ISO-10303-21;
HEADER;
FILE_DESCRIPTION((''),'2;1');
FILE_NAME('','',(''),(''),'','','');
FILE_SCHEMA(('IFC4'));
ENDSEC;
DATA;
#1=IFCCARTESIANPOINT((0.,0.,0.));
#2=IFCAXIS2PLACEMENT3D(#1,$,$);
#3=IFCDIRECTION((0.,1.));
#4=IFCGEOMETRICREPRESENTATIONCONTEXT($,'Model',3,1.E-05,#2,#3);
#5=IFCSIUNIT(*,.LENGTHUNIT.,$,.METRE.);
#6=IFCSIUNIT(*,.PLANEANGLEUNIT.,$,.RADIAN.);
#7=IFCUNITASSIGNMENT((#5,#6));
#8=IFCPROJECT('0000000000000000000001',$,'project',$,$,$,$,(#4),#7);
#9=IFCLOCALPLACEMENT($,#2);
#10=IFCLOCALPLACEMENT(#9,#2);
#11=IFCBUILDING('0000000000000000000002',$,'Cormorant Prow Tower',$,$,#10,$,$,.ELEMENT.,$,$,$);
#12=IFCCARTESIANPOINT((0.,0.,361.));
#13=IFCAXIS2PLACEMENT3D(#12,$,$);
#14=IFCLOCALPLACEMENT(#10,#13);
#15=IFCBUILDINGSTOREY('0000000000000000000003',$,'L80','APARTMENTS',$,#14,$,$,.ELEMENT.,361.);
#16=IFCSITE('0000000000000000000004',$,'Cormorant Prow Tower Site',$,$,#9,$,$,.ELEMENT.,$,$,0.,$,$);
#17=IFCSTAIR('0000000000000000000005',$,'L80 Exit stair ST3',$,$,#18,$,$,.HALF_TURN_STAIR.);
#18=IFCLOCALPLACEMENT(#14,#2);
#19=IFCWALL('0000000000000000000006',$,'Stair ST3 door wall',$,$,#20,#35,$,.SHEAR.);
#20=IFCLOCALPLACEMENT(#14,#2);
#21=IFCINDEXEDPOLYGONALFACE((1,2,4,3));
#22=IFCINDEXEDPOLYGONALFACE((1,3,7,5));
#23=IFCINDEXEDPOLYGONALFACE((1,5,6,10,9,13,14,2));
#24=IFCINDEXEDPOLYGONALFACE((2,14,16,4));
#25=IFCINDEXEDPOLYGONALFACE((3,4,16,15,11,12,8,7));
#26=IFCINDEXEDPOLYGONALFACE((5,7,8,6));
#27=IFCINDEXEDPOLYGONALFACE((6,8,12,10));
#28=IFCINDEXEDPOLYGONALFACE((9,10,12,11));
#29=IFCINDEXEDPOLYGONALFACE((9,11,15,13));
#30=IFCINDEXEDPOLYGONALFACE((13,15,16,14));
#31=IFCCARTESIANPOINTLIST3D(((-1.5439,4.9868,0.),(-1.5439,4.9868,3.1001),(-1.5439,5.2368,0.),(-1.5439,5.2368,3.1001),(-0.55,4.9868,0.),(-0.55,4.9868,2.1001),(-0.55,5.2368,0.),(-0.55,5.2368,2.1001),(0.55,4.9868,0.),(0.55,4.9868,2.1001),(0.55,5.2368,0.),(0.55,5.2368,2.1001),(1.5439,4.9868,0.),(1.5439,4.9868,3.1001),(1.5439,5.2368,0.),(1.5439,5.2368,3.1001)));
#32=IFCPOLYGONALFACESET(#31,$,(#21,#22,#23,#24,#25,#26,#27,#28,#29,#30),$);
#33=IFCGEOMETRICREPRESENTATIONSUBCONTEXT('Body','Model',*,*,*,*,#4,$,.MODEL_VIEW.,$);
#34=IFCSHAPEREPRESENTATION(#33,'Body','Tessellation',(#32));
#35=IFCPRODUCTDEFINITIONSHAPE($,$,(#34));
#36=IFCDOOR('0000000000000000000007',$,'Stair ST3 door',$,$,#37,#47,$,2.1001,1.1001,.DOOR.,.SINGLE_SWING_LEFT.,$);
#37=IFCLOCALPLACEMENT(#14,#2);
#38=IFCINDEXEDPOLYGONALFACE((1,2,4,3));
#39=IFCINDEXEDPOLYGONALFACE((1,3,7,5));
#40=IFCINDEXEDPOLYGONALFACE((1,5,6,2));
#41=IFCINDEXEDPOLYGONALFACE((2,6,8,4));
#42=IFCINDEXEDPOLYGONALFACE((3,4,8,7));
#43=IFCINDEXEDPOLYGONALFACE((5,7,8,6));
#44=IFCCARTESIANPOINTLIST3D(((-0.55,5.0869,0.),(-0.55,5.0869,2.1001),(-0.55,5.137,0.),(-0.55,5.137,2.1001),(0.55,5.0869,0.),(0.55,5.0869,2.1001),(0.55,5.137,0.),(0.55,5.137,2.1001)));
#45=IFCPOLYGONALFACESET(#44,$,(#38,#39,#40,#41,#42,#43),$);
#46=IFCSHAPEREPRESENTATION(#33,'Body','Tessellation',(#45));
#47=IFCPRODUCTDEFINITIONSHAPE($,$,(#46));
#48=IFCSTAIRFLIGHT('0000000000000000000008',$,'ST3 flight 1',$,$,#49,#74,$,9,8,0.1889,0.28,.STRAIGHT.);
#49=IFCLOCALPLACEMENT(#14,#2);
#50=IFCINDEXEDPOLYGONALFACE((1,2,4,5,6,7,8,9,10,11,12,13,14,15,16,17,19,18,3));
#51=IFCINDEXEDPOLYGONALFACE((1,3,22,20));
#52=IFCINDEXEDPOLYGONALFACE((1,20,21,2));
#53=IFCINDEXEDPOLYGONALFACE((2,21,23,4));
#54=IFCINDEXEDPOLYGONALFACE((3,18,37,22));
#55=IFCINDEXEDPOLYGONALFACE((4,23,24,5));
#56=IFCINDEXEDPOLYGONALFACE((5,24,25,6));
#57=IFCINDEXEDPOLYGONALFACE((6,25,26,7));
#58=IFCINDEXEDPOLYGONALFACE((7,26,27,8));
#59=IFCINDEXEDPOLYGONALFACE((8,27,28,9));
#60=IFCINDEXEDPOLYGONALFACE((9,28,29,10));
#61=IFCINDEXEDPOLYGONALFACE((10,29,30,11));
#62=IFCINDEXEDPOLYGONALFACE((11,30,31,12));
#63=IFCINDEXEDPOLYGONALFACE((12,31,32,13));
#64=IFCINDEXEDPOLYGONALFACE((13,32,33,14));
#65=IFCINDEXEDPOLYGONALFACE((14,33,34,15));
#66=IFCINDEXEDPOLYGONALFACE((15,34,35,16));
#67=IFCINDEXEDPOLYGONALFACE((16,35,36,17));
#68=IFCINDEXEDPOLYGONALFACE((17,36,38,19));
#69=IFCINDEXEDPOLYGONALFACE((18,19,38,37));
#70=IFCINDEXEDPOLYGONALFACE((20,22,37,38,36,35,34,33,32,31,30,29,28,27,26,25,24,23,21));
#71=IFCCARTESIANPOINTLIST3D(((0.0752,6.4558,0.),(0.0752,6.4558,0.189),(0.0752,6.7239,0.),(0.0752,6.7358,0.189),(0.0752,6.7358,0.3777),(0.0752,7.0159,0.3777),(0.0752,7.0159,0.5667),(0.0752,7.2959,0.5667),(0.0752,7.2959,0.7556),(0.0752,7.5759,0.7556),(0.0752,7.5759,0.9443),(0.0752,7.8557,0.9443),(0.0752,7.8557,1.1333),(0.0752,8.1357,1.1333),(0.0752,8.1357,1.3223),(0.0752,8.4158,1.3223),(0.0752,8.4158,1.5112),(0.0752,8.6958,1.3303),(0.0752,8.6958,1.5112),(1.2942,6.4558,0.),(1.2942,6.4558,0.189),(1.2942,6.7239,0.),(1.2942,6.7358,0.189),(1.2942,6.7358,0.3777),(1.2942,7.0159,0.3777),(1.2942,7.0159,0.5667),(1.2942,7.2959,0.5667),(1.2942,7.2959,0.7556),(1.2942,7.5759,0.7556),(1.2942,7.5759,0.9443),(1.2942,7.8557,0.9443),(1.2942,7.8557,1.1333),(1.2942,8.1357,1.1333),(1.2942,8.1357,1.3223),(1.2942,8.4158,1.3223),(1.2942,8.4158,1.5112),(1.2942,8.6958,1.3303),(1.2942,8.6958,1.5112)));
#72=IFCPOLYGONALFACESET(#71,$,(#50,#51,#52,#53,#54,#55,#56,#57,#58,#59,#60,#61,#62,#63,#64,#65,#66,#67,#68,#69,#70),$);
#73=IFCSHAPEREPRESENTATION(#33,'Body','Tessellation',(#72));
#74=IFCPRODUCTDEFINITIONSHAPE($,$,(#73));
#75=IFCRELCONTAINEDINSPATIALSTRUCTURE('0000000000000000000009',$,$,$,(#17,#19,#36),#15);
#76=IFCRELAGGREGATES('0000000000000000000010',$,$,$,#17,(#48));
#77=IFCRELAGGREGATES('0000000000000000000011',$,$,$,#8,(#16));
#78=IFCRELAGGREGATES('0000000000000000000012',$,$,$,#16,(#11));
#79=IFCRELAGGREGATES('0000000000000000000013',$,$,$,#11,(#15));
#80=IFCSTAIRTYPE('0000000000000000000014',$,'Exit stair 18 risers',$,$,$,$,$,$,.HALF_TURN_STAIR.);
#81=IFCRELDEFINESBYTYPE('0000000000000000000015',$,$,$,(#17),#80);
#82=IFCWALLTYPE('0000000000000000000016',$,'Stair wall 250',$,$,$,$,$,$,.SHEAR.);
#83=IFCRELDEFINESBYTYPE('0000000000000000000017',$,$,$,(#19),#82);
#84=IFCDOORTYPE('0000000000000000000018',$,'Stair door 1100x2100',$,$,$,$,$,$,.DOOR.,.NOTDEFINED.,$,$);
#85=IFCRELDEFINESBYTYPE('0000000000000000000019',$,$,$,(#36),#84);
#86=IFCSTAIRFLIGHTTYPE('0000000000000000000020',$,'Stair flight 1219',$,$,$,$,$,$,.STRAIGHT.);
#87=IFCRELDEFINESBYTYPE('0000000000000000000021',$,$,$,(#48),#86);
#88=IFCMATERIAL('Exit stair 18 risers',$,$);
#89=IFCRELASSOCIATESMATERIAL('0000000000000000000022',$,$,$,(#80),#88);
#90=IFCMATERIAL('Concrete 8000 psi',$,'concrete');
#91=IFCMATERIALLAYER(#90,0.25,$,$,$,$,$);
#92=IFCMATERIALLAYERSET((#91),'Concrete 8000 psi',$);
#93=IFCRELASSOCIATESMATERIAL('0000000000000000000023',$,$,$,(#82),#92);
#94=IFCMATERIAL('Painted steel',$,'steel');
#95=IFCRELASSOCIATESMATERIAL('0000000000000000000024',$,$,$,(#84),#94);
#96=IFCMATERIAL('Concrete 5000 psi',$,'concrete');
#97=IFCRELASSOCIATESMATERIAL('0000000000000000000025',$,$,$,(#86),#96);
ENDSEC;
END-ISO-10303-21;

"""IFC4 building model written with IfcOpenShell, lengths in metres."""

from ifc_helpers import new_model, si_unit, direction, frame, frame_2d, origin, place, context, subcontext, project, spatial, polyline, rectangle, outline, extrude, material, layer, layer_set, type_object, element, fill, aggregate, save


model = new_model("IFC4")

# Units and contexts
model_context = context("Model", 3, precision=1e-05, world=origin(), true_north=direction((0.0, 1.0)))
body_context = subcontext(model_context, "Body", "Model", "MODEL_VIEW")
ifc_project = project(units=[si_unit("LENGTHUNIT", "METRE"), si_unit("PLANEANGLEUNIT", "RADIAN")], contexts=[model_context])

# Site, building, storey
site_placement = place(None, origin())
site = spatial("IfcSite", under=ifc_project, at=site_placement, Name="Cormorant Prow Tower Site", CompositionType="ELEMENT", RefElevation=0.0)
building_placement = place(site_placement, origin())
building = spatial("IfcBuilding", under=site, at=building_placement, Name="Cormorant Prow Tower", CompositionType="ELEMENT")
storey_placement = place(building_placement, frame((0.0, 0.0, 361.0)))
storey = spatial("IfcBuildingStorey", under=building, at=storey_placement, Name="L80", Description="APARTMENTS", CompositionType="ELEMENT", Elevation=361.0)

# Stair
ifc_material_1 = material(Name="Exit stair 18 risers")
stair_type = type_object("IfcStairType", Name="Exit stair 18 risers", PredefinedType="HALF_TURN_STAIR", material=ifc_material_1)
stair_1_placement = place(storey_placement, origin())
stair_1 = element("IfcStair", 1, at=stair_1_placement, inside=storey, type_object=stair_type, Name="L80 Exit stair ST3", PredefinedType="HALF_TURN_STAIR")

# Shared definitions
ifc_material_2 = material(Name="Concrete 8000 psi", Category="concrete")
ifc_layer_1 = layer(ifc_material_2, 0.25)
ifc_layer_set_1 = layer_set([ifc_layer_1], Name="Concrete 8000 psi")
wall_type_1 = type_object("IfcWallType", Name="Stair wall 250", PredefinedType="SHEAR", material=ifc_layer_set_1)

# Wall, opening, door
wall_1_placement = place(storey_placement, frame((1.5439, 5.1118, 0.0), z_axis=(0.0, 0.0, 1.0), x_axis=(-1.0, 0.0, 0.0)))
wall_1 = element("IfcWall", 2, at=wall_1_placement, inside=storey, type_object=wall_type_1, Name="Stair ST3 door wall", PredefinedType="SHEAR", context=body_context, shape_type="SweptSolid", body=[
    extrude(rectangle(XDim=3.0879, YDim=0.25, at=frame_2d((1.5439, 0.0))), origin(), (0.0, 0.0, 1.0), 3.1001),
])
opening_1_placement = place(wall_1_placement, frame((0.9939, 0.0, 0.0)))
opening_1 = element("IfcOpeningElement", 3, at=opening_1_placement, cuts=wall_1, PredefinedType="OPENING", context=body_context, shape_type="SweptSolid", body=[
    extrude(rectangle(XDim=1.1001, YDim=2.1001, at=frame_2d((0.55, 1.05))), frame((0.0, 0.135, 0.0), z_axis=(0.0, -1.0, 0.0), x_axis=(1.0, 0.0, 0.0)), (0.0, 0.0, 1.0), 0.27),
])
ifc_material_3 = material(Name="Painted steel", Category="steel")
door_type_1 = type_object("IfcDoorType", Name="Stair door 1100x2100", OperationType="NOTDEFINED", PredefinedType="DOOR", material=ifc_material_3)
door_1_placement = place(opening_1_placement, origin())
door_1 = element("IfcDoor", 4, at=door_1_placement, inside=storey, type_object=door_type_1, Name="Stair ST3 door", OperationType="SINGLE_SWING_LEFT", OverallHeight=2.1001, OverallWidth=1.1001, PredefinedType="DOOR", context=body_context, shape_type="SweptSolid", body=[
    extrude(rectangle(XDim=1.1001, YDim=2.1001, at=frame_2d((0.55, 1.05))), frame((0.0, 0.0249, 0.0), z_axis=(0.0, -1.0, 0.0), x_axis=(1.0, 0.0, 0.0)), (0.0, 0.0, 1.0), 0.05),
])
fill(opening_1, door_1)

# Stair flight
ifc_material_4 = material(Name="Concrete 5000 psi", Category="concrete")
stair_flight_type = type_object("IfcStairFlightType", Name="Stair flight 1219", PredefinedType="STRAIGHT", material=ifc_material_4)
stair_flight_placement = place(storey_placement, frame((0.6846, 6.4558, 0.0), z_axis=(0.0, 0.0, 1.0), x_axis=(0.0, 1.0, 0.0)))
stair_flight = element("IfcStairFlight", 5, at=stair_flight_placement, type_object=stair_flight_type, Name="ST3 flight 1", NumberOfRisers=9, NumberOfTreads=8, PredefinedType="STRAIGHT", RiserHeight=0.1889, TreadLength=0.28, context=body_context, shape_type="SweptSolid", body=[
    extrude(outline(polyline([(0.0, 0.0), (0.0, 0.189), (0.28, 0.189), (0.28, 0.3777), (0.5601, 0.3777), (0.5601, 0.5667), (0.8401, 0.5667), (0.8401, 0.7556), (1.1201, 0.7556), (1.1201, 0.9443), (1.3999, 0.9443), (1.3999, 1.1333), (1.6799, 1.1333), (1.6799, 1.3223), (1.96, 1.3223), (1.96, 1.5112), (2.24, 1.5112), (2.24, 1.7), (2.24, 1.3303), (0.2681, 0.0), (0.0, 0.0)])), frame((0.0, 0.6094, 0.0), z_axis=(0.0, -1.0, 0.0), x_axis=(1.0, 0.0, 0.0)), (0.0, 0.0, 1.0), 1.219),
])
aggregate(stair_1, [stair_flight])

save(model, "model.ifc")
